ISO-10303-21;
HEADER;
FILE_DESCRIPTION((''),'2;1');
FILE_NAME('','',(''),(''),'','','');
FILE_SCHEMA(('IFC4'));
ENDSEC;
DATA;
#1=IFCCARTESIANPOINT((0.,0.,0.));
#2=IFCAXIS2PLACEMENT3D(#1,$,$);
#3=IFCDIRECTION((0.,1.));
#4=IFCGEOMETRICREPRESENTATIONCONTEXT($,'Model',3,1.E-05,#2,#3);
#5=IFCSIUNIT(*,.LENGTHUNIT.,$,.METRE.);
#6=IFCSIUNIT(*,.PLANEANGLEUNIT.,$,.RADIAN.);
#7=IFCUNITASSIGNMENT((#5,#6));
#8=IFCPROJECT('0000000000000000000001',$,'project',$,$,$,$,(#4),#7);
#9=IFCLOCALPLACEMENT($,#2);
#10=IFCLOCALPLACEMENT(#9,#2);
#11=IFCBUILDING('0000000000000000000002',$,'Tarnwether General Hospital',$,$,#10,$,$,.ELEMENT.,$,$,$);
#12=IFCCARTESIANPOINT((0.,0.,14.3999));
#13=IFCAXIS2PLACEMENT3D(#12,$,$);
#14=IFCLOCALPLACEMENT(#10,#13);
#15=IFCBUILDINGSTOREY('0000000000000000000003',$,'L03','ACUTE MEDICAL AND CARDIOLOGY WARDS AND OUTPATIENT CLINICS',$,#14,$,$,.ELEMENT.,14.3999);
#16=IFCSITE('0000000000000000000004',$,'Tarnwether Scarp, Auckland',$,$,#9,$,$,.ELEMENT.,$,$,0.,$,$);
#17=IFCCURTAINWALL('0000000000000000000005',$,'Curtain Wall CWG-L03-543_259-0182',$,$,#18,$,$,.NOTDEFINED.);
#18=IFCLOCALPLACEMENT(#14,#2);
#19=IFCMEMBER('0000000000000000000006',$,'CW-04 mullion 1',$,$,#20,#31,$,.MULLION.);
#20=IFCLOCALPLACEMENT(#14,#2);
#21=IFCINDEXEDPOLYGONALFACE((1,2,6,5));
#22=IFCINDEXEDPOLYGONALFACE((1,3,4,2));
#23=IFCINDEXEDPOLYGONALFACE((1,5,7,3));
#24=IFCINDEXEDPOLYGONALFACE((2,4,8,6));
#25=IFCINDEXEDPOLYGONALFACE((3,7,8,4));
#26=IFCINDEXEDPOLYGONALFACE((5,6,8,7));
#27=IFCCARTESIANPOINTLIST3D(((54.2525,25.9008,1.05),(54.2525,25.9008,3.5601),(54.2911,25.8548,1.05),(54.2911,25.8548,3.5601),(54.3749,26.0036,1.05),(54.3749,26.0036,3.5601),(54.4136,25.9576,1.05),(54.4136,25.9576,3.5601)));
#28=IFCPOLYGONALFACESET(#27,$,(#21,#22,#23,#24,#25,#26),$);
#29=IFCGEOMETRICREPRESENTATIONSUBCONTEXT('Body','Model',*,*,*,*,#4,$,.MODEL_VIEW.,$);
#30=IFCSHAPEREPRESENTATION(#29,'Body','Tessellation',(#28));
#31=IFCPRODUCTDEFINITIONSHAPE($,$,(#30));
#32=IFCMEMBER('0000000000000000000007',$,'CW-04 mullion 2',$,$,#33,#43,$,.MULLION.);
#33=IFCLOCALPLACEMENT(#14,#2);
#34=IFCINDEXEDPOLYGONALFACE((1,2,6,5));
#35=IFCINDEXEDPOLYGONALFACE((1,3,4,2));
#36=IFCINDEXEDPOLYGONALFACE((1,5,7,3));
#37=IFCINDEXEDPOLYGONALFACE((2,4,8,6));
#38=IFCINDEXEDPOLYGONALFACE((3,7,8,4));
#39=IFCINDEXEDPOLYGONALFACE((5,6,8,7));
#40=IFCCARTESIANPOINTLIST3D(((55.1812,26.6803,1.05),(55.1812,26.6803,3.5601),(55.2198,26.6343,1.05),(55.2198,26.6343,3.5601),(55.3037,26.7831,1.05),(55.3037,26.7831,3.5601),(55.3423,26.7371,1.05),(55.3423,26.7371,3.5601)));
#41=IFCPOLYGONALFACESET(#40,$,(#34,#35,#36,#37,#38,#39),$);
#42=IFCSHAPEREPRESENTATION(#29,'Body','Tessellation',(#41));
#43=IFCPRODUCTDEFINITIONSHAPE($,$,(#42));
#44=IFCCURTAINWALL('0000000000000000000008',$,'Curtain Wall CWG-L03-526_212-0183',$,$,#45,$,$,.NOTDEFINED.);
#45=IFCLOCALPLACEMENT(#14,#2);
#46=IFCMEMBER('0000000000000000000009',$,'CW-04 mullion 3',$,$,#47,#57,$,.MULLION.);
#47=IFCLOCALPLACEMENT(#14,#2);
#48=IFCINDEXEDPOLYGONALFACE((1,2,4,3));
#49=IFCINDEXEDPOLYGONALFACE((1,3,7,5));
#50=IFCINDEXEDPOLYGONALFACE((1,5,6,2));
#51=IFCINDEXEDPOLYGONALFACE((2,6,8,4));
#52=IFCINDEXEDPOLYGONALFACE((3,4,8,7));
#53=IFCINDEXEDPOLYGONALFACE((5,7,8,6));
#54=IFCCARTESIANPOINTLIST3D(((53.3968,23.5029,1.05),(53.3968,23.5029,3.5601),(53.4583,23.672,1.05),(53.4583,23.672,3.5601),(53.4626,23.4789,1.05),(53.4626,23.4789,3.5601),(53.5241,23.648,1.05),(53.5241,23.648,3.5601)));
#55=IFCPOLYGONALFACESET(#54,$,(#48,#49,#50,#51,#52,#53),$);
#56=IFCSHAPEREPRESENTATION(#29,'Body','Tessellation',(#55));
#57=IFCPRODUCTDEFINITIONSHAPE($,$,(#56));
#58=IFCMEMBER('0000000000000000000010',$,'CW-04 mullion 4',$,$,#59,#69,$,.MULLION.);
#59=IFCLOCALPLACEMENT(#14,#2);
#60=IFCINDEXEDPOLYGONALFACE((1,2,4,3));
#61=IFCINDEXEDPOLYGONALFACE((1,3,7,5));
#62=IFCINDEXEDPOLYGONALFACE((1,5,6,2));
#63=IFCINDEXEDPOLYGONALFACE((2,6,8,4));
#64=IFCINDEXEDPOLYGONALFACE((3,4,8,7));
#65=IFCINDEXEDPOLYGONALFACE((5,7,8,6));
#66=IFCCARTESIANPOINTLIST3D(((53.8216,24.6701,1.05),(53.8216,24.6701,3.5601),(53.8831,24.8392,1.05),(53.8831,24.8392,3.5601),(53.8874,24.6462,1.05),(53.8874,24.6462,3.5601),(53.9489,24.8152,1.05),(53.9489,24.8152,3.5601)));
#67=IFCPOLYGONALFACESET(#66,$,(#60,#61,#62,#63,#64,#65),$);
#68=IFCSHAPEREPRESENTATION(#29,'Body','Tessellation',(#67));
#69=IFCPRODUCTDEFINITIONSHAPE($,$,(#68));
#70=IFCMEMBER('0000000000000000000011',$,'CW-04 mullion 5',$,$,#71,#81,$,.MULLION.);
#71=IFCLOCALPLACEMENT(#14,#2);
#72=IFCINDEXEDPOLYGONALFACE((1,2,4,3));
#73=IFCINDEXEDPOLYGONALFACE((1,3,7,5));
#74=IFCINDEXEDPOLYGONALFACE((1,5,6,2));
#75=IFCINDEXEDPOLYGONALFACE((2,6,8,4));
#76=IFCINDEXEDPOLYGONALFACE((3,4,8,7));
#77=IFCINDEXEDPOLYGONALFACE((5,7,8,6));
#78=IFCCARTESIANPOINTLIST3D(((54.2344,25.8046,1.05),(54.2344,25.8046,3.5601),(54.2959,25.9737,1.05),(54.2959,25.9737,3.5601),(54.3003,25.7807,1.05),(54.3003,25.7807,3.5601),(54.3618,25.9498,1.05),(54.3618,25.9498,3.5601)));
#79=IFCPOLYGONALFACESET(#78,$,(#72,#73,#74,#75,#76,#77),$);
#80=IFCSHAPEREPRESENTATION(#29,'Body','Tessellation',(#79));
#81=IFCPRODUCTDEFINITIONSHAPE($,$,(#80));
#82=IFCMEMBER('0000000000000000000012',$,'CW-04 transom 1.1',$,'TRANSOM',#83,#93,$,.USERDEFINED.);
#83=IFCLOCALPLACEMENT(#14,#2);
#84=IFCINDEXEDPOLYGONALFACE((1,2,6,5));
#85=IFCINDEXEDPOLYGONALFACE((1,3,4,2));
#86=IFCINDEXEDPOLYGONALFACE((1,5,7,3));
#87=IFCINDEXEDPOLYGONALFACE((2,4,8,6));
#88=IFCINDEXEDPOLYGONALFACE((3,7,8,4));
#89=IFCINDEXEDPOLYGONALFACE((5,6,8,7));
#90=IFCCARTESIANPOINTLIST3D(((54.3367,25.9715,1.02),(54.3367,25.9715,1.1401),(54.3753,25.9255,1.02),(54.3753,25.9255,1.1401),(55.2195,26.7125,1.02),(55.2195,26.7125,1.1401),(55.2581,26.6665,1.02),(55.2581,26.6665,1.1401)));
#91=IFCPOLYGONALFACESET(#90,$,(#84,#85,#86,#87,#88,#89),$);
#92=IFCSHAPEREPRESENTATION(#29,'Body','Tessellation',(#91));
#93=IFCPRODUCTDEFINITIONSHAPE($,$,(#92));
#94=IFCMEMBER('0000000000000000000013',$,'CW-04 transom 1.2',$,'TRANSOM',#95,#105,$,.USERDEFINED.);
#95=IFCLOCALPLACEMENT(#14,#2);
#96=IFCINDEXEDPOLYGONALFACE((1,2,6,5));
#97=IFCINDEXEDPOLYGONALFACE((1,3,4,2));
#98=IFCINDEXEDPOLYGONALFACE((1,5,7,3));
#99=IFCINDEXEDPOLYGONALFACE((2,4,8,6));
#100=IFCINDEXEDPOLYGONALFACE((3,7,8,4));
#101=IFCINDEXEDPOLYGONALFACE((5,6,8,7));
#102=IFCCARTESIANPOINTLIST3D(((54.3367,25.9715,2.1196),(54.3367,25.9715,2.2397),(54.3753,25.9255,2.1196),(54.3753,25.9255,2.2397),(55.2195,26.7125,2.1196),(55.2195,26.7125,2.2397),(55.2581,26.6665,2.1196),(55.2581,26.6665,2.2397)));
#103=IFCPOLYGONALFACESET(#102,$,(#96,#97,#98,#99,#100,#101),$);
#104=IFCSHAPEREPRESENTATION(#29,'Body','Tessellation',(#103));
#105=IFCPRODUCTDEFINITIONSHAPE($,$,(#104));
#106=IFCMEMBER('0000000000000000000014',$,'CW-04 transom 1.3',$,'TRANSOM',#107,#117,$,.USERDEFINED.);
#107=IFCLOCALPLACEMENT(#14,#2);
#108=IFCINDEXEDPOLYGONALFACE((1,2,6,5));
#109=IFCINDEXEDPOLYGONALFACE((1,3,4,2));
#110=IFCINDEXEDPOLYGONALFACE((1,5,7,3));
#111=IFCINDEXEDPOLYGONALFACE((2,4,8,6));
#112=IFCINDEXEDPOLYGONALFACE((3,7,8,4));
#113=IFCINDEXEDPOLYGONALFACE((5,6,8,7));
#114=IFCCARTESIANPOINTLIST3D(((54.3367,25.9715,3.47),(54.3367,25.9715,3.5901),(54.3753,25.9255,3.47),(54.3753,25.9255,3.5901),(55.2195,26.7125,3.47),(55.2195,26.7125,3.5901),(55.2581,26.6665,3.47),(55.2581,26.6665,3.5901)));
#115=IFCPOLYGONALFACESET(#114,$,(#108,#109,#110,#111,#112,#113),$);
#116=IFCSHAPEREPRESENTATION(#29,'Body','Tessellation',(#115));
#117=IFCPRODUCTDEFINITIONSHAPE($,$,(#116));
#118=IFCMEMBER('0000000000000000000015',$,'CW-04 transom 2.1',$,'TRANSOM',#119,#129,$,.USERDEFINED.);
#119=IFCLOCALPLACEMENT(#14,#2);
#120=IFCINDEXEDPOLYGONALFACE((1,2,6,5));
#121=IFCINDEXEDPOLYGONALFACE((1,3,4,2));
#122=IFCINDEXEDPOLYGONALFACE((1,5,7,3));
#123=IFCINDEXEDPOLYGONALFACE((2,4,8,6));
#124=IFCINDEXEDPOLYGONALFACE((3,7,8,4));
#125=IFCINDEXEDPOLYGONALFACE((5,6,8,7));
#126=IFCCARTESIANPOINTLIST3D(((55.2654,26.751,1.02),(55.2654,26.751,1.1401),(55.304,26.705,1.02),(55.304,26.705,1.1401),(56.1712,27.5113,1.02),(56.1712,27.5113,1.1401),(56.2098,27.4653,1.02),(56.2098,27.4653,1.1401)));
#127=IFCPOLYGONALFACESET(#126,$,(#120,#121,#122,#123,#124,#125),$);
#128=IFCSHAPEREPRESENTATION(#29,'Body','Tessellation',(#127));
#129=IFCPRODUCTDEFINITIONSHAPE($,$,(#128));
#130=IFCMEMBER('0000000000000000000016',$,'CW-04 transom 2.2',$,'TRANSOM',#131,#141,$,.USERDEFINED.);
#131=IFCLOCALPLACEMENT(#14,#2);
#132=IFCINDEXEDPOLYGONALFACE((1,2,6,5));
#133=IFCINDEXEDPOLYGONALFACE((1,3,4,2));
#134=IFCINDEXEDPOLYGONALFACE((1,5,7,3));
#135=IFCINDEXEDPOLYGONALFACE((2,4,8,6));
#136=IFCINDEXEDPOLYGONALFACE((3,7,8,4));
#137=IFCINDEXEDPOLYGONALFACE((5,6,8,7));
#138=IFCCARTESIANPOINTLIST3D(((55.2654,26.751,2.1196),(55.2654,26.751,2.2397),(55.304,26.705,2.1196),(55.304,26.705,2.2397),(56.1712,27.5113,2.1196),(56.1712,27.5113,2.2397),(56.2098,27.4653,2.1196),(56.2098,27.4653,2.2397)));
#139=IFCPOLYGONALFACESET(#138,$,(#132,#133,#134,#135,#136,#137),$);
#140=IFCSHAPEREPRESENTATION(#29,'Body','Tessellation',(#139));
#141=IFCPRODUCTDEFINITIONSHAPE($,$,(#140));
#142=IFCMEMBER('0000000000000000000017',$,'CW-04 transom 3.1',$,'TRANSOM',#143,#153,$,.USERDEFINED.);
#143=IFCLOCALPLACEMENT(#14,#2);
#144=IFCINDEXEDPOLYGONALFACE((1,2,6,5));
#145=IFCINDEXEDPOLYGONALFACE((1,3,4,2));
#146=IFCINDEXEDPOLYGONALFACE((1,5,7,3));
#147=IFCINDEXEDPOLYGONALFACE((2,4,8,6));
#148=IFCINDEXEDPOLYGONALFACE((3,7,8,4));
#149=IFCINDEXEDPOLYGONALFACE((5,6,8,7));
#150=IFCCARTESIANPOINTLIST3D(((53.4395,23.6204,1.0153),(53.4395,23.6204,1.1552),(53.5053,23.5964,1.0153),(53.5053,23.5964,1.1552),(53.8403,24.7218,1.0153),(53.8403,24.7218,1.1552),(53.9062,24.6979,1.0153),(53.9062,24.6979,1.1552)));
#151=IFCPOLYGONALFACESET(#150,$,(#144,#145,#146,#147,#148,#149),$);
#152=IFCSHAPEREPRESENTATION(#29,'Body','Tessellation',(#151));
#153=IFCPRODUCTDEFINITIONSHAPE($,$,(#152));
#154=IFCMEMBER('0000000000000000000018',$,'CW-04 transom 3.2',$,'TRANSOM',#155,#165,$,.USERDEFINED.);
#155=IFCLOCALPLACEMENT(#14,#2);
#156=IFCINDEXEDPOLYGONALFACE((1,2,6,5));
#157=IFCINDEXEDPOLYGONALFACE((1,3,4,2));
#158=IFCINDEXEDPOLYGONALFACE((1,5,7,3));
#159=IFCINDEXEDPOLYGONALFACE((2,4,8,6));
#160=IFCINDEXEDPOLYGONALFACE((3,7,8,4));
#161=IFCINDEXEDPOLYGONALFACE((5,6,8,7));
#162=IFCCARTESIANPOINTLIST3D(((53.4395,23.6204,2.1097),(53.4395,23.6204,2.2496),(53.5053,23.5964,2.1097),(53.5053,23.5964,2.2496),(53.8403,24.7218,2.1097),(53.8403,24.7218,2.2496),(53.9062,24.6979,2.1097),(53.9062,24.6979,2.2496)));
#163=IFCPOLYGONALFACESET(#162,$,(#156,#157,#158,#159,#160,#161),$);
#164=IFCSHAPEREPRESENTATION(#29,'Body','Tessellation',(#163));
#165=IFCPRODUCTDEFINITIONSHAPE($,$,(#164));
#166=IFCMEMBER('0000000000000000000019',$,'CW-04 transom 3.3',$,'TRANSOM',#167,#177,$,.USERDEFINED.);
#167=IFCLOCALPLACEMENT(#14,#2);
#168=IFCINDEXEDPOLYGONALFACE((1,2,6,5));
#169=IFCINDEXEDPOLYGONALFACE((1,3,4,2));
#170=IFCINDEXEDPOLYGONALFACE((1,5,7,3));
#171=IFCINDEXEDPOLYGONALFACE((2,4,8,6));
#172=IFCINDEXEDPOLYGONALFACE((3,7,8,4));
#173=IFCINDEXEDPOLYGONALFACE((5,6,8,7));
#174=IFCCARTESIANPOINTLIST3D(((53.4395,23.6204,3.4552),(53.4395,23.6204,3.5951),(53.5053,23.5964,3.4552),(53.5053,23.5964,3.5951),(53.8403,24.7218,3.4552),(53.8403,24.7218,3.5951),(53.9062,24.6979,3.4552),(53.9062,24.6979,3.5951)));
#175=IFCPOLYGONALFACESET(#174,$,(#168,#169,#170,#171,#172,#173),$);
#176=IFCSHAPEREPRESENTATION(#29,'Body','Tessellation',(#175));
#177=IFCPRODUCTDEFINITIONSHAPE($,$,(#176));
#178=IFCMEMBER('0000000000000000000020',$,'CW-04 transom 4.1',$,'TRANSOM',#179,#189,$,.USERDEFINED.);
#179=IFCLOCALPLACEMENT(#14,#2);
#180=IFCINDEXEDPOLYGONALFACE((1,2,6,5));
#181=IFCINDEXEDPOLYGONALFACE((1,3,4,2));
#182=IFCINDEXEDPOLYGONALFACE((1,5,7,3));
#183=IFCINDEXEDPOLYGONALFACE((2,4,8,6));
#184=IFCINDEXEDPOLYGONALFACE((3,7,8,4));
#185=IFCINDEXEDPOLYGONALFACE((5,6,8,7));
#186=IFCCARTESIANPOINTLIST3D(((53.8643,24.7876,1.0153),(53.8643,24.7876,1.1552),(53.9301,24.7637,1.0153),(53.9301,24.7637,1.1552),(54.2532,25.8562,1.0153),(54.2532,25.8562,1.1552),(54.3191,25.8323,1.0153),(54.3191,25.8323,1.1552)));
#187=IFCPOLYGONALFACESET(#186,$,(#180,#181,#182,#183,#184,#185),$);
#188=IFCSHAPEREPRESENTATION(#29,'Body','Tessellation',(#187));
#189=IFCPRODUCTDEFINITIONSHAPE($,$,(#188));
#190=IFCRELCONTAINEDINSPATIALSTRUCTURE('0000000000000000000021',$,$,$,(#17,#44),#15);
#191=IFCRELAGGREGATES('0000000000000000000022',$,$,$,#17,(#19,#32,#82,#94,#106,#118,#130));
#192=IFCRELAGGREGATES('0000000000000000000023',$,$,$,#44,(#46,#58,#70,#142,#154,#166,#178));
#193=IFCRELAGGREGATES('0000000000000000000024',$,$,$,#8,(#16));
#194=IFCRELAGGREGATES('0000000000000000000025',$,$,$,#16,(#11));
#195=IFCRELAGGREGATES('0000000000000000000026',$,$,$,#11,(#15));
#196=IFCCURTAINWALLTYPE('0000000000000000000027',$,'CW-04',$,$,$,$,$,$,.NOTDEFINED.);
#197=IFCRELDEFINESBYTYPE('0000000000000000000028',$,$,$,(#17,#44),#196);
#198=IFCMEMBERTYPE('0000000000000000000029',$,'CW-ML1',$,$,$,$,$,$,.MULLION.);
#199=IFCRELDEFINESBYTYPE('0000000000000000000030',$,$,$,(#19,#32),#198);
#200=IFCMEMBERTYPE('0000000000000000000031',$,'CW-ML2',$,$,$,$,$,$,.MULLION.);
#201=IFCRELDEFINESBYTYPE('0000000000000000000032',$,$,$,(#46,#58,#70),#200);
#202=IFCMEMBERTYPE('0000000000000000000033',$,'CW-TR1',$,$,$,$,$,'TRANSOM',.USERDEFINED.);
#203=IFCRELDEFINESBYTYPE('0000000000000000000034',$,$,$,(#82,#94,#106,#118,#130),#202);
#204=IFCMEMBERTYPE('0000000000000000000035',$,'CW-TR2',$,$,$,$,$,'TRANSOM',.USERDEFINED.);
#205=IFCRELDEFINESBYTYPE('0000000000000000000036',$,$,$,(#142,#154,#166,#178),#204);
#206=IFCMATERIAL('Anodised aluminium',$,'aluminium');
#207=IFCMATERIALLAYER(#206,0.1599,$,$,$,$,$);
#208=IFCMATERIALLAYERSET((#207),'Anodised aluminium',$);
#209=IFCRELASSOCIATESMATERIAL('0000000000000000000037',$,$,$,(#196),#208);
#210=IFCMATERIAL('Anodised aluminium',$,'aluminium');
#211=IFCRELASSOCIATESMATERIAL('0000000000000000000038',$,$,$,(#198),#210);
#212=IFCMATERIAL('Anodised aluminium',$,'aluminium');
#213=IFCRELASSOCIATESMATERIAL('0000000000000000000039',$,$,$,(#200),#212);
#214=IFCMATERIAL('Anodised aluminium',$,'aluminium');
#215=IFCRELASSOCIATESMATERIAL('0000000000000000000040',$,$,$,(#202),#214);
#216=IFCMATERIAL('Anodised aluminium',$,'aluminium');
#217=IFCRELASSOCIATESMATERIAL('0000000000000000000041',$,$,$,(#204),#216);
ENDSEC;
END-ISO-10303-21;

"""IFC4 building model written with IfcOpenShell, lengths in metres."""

from ifc_helpers import new_model, si_unit, direction, frame, origin, origin_2d, place, context, subcontext, project, spatial, rectangle, extrude, material, layer, layer_set, material_profile, profile_set, type_object, element, aggregate, save


model = new_model("IFC4")

# Units and contexts
model_context = context("Model", 3, precision=1e-05, world=origin(), true_north=direction((0.0, 1.0)))
body_context = subcontext(model_context, "Body", "Model", "MODEL_VIEW")
ifc_project = project(units=[si_unit("LENGTHUNIT", "METRE"), si_unit("PLANEANGLEUNIT", "RADIAN")], contexts=[model_context])

# Site, building, storey
site_placement = place(None, origin())
site = spatial("IfcSite", under=ifc_project, at=site_placement, Name="Tarnwether Scarp, Auckland", CompositionType="ELEMENT", RefElevation=0.0)
building_placement = place(site_placement, origin())
building = spatial("IfcBuilding", under=site, at=building_placement, Name="Tarnwether General Hospital", CompositionType="ELEMENT")
storey_placement = place(building_placement, frame((0.0, 0.0, 14.3999)))
storey = spatial("IfcBuildingStorey", under=building, at=storey_placement, Name="L03", Description="ACUTE MEDICAL AND CARDIOLOGY WARDS AND OUTPATIENT CLINICS", CompositionType="ELEMENT", Elevation=14.3999)

# Curtain walls, members
ifc_material_1 = material(Name="Anodised aluminium", Category="aluminium")
ifc_layer_1 = layer(ifc_material_1, 0.1599)
ifc_layer_set_1 = layer_set([ifc_layer_1], Name="Anodised aluminium")
curtain_wall_type = type_object("IfcCurtainWallType", Name="CW-04", PredefinedType="NOTDEFINED", material=ifc_layer_set_1)
curtain_wall_1_placement = place(storey_placement, origin())
curtain_wall_1 = element("IfcCurtainWall", 1, at=curtain_wall_1_placement, inside=storey, type_object=curtain_wall_type, Name="Curtain Wall CWG-L03-543_259-0182", PredefinedType="NOTDEFINED")
ifc_material_2 = material(Name="Anodised aluminium", Category="aluminium")
ifc_material_profile_1 = material_profile(ifc_material_2, rectangle(XDim=0.0601, YDim=0.1599, at=origin_2d()), Name="ALU-MUL-60x160")
ifc_profile_set_1 = profile_set([ifc_material_profile_1], Name="Anodised aluminium")
member_type_1 = type_object("IfcMemberType", Name="CW-ML1", PredefinedType="MULLION", material=ifc_profile_set_1)
member_1_placement = place(storey_placement, frame((54.333, 25.9292, 1.05), z_axis=(0.0, 0.0, 1.0), x_axis=(-0.642852, 0.76599, 0.0)))
member_1 = element("IfcMember", 2, at=member_1_placement, type_object=member_type_1, Name="CW-04 mullion 1", PredefinedType="MULLION", context=body_context, shape_type="SweptSolid", body=[
    extrude(rectangle(XDim=0.0601, YDim=0.1599, at=origin_2d()), origin(), (0.0, 0.0, 1.0), 2.51),
])
member_2_placement = place(storey_placement, frame((55.2617, 26.7087, 1.05), z_axis=(0.0, 0.0, 1.0), x_axis=(-0.642852, 0.76599, 0.0)))
member_2 = element("IfcMember", 3, at=member_2_placement, type_object=member_type_1, Name="CW-04 mullion 2", PredefinedType="MULLION", context=body_context, shape_type="SweptSolid", body=[
    extrude(rectangle(XDim=0.0601, YDim=0.1599, at=origin_2d()), origin(), (0.0, 0.0, 1.0), 2.51),
])
curtain_wall_2_placement = place(storey_placement, origin())
curtain_wall_2 = element("IfcCurtainWall", 4, at=curtain_wall_2_placement, inside=storey, type_object=curtain_wall_type, Name="Curtain Wall CWG-L03-526_212-0183", PredefinedType="NOTDEFINED")
ifc_material_3 = material(Name="Anodised aluminium", Category="aluminium")
ifc_material_profile_2 = material_profile(ifc_material_3, rectangle(XDim=0.0701, YDim=0.1799, at=origin_2d()), Name="ALU-MUL-70x180")
ifc_profile_set_2 = profile_set([ifc_material_profile_2], Name="Anodised aluminium")
member_type_2 = type_object("IfcMemberType", Name="CW-ML2", PredefinedType="MULLION", material=ifc_profile_set_2)
member_3_placement = place(storey_placement, frame((53.4604, 23.5754, 1.05), z_axis=(0.0, 0.0, 1.0), x_axis=(-0.939717, 0.341953, 0.0)))
member_3 = element("IfcMember", 5, at=member_3_placement, type_object=member_type_2, Name="CW-04 mullion 3", PredefinedType="MULLION", context=body_context, shape_type="SweptSolid", body=[
    extrude(rectangle(XDim=0.0701, YDim=0.1799, at=origin_2d()), origin(), (0.0, 0.0, 1.0), 2.51),
])
member_4_placement = place(storey_placement, frame((53.8853, 24.7427, 1.05), z_axis=(0.0, 0.0, 1.0), x_axis=(-0.939717, 0.341953, 0.0)))
member_4 = element("IfcMember", 6, at=member_4_placement, type_object=member_type_2, Name="CW-04 mullion 4", PredefinedType="MULLION", context=body_context, shape_type="SweptSolid", body=[
    extrude(rectangle(XDim=0.0701, YDim=0.1799, at=origin_2d()), origin(), (0.0, 0.0, 1.0), 2.51),
])
member_5_placement = place(storey_placement, frame((54.2981, 25.8772, 1.05), z_axis=(0.0, 0.0, 1.0), x_axis=(-0.939717, 0.341953, 0.0)))
member_5 = element("IfcMember", 7, at=member_5_placement, type_object=member_type_2, Name="CW-04 mullion 5", PredefinedType="MULLION", context=body_context, shape_type="SweptSolid", body=[
    extrude(rectangle(XDim=0.0701, YDim=0.1799, at=origin_2d()), origin(), (0.0, 0.0, 1.0), 2.51),
])

# Members
ifc_material_4 = material(Name="Anodised aluminium", Category="aluminium")
ifc_material_profile_3 = material_profile(ifc_material_4, rectangle(XDim=0.0601, YDim=0.1201, at=origin_2d()), Name="ALU-TRN-60x120")
ifc_profile_set_3 = profile_set([ifc_material_profile_3], Name="Anodised aluminium")
member_type_3 = type_object("IfcMemberType", Name="CW-TR1", ElementType="TRANSOM", PredefinedType="USERDEFINED", material=ifc_profile_set_3)
member_6_placement = place(storey_placement, frame((54.356, 25.9485, 1.0801), z_axis=(0.765959, 0.642889, 0.0), x_axis=(-0.642889, 0.765959, 0.0)))
member_6 = element("IfcMember", 8, at=member_6_placement, type_object=member_type_3, Name="CW-04 transom 1.1", ObjectType="TRANSOM", PredefinedType="USERDEFINED", context=body_context, shape_type="SweptSolid", body=[
    extrude(rectangle(XDim=0.0601, YDim=0.1201, at=origin_2d()), origin(), (0.0, 0.0, 1.0), 1.1526),
])
member_7_placement = place(storey_placement, frame((54.356, 25.9485, 2.1797), z_axis=(0.765959, 0.642889, 0.0), x_axis=(-0.642889, 0.765959, 0.0)))
member_7 = element("IfcMember", 9, at=member_7_placement, type_object=member_type_3, Name="CW-04 transom 1.2", ObjectType="TRANSOM", PredefinedType="USERDEFINED", context=body_context, shape_type="SweptSolid", body=[
    extrude(rectangle(XDim=0.0601, YDim=0.1201, at=origin_2d()), origin(), (0.0, 0.0, 1.0), 1.1526),
])
member_8_placement = place(storey_placement, frame((54.356, 25.9485, 3.53), z_axis=(0.765959, 0.642889, 0.0), x_axis=(-0.642889, 0.765959, 0.0)))
member_8 = element("IfcMember", 10, at=member_8_placement, type_object=member_type_3, Name="CW-04 transom 1.3", ObjectType="TRANSOM", PredefinedType="USERDEFINED", context=body_context, shape_type="SweptSolid", body=[
    extrude(rectangle(XDim=0.0601, YDim=0.1201, at=origin_2d()), origin(), (0.0, 0.0, 1.0), 1.1526),
])
member_9_placement = place(storey_placement, frame((55.2847, 26.728, 1.0801), z_axis=(0.765949, 0.642902, 0.0), x_axis=(-0.642902, 0.765949, 0.0)))
member_9 = element("IfcMember", 11, at=member_9_placement, type_object=member_type_3, Name="CW-04 transom 2.1", ObjectType="TRANSOM", PredefinedType="USERDEFINED", context=body_context, shape_type="SweptSolid", body=[
    extrude(rectangle(XDim=0.0601, YDim=0.1201, at=origin_2d()), origin(), (0.0, 0.0, 1.0), 1.1826),
])
member_10_placement = place(storey_placement, frame((55.2847, 26.728, 2.1797), z_axis=(0.765949, 0.642902, 0.0), x_axis=(-0.642902, 0.765949, 0.0)))
member_10 = element("IfcMember", 12, at=member_10_placement, type_object=member_type_3, Name="CW-04 transom 2.2", ObjectType="TRANSOM", PredefinedType="USERDEFINED", context=body_context, shape_type="SweptSolid", body=[
    extrude(rectangle(XDim=0.0601, YDim=0.1201, at=origin_2d()), origin(), (0.0, 0.0, 1.0), 1.1826),
])
ifc_material_5 = material(Name="Anodised aluminium", Category="aluminium")
ifc_material_profile_4 = material_profile(ifc_material_5, rectangle(XDim=0.0701, YDim=0.1399, at=origin_2d()), Name="ALU-TRN-70x140")
ifc_profile_set_4 = profile_set([ifc_material_profile_4], Name="Anodised aluminium")
member_type_4 = type_object("IfcMemberType", Name="CW-TR2", ElementType="TRANSOM", PredefinedType="USERDEFINED", material=ifc_profile_set_4)
member_11_placement = place(storey_placement, frame((53.4724, 23.6084, 1.0852), z_axis=(0.341977, 0.939708, 0.0), x_axis=(-0.939708, 0.341977, 0.0)))
member_11 = element("IfcMember", 13, at=member_11_placement, type_object=member_type_4, Name="CW-04 transom 3.1", ObjectType="TRANSOM", PredefinedType="USERDEFINED", context=body_context, shape_type="SweptSolid", body=[
    extrude(rectangle(XDim=0.0701, YDim=0.1399, at=origin_2d()), origin(), (0.0, 0.0, 1.0), 1.1721),
])
member_12_placement = place(storey_placement, frame((53.4724, 23.6084, 2.1797), z_axis=(0.341977, 0.939708, 0.0), x_axis=(-0.939708, 0.341977, 0.0)))
member_12 = element("IfcMember", 14, at=member_12_placement, type_object=member_type_4, Name="CW-04 transom 3.2", ObjectType="TRANSOM", PredefinedType="USERDEFINED", context=body_context, shape_type="SweptSolid", body=[
    extrude(rectangle(XDim=0.0701, YDim=0.1399, at=origin_2d()), origin(), (0.0, 0.0, 1.0), 1.1721),
])
member_13_placement = place(storey_placement, frame((53.4724, 23.6084, 3.5251), z_axis=(0.341977, 0.939708, 0.0), x_axis=(-0.939708, 0.341977, 0.0)))
member_13 = element("IfcMember", 15, at=member_13_placement, type_object=member_type_4, Name="CW-04 transom 3.3", ObjectType="TRANSOM", PredefinedType="USERDEFINED", context=body_context, shape_type="SweptSolid", body=[
    extrude(rectangle(XDim=0.0701, YDim=0.1399, at=origin_2d()), origin(), (0.0, 0.0, 1.0), 1.1721),
])
member_14_placement = place(storey_placement, frame((53.8972, 24.7756, 1.0852), z_axis=(0.342002, 0.939699, 0.0), x_axis=(-0.939699, 0.342002, 0.0)))
member_14 = element("IfcMember", 16, at=member_14_placement, type_object=member_type_4, Name="CW-04 transom 4.1", ObjectType="TRANSOM", PredefinedType="USERDEFINED", context=body_context, shape_type="SweptSolid", body=[
    extrude(rectangle(XDim=0.0701, YDim=0.1399, at=origin_2d()), origin(), (0.0, 0.0, 1.0), 1.1372),
])

aggregate(curtain_wall_1, [member_1, member_2, member_6, member_7, member_8, member_9, member_10])
aggregate(curtain_wall_2, [member_3, member_4, member_5, member_11, member_12, member_13, member_14])

save(model, "model.ifc")
